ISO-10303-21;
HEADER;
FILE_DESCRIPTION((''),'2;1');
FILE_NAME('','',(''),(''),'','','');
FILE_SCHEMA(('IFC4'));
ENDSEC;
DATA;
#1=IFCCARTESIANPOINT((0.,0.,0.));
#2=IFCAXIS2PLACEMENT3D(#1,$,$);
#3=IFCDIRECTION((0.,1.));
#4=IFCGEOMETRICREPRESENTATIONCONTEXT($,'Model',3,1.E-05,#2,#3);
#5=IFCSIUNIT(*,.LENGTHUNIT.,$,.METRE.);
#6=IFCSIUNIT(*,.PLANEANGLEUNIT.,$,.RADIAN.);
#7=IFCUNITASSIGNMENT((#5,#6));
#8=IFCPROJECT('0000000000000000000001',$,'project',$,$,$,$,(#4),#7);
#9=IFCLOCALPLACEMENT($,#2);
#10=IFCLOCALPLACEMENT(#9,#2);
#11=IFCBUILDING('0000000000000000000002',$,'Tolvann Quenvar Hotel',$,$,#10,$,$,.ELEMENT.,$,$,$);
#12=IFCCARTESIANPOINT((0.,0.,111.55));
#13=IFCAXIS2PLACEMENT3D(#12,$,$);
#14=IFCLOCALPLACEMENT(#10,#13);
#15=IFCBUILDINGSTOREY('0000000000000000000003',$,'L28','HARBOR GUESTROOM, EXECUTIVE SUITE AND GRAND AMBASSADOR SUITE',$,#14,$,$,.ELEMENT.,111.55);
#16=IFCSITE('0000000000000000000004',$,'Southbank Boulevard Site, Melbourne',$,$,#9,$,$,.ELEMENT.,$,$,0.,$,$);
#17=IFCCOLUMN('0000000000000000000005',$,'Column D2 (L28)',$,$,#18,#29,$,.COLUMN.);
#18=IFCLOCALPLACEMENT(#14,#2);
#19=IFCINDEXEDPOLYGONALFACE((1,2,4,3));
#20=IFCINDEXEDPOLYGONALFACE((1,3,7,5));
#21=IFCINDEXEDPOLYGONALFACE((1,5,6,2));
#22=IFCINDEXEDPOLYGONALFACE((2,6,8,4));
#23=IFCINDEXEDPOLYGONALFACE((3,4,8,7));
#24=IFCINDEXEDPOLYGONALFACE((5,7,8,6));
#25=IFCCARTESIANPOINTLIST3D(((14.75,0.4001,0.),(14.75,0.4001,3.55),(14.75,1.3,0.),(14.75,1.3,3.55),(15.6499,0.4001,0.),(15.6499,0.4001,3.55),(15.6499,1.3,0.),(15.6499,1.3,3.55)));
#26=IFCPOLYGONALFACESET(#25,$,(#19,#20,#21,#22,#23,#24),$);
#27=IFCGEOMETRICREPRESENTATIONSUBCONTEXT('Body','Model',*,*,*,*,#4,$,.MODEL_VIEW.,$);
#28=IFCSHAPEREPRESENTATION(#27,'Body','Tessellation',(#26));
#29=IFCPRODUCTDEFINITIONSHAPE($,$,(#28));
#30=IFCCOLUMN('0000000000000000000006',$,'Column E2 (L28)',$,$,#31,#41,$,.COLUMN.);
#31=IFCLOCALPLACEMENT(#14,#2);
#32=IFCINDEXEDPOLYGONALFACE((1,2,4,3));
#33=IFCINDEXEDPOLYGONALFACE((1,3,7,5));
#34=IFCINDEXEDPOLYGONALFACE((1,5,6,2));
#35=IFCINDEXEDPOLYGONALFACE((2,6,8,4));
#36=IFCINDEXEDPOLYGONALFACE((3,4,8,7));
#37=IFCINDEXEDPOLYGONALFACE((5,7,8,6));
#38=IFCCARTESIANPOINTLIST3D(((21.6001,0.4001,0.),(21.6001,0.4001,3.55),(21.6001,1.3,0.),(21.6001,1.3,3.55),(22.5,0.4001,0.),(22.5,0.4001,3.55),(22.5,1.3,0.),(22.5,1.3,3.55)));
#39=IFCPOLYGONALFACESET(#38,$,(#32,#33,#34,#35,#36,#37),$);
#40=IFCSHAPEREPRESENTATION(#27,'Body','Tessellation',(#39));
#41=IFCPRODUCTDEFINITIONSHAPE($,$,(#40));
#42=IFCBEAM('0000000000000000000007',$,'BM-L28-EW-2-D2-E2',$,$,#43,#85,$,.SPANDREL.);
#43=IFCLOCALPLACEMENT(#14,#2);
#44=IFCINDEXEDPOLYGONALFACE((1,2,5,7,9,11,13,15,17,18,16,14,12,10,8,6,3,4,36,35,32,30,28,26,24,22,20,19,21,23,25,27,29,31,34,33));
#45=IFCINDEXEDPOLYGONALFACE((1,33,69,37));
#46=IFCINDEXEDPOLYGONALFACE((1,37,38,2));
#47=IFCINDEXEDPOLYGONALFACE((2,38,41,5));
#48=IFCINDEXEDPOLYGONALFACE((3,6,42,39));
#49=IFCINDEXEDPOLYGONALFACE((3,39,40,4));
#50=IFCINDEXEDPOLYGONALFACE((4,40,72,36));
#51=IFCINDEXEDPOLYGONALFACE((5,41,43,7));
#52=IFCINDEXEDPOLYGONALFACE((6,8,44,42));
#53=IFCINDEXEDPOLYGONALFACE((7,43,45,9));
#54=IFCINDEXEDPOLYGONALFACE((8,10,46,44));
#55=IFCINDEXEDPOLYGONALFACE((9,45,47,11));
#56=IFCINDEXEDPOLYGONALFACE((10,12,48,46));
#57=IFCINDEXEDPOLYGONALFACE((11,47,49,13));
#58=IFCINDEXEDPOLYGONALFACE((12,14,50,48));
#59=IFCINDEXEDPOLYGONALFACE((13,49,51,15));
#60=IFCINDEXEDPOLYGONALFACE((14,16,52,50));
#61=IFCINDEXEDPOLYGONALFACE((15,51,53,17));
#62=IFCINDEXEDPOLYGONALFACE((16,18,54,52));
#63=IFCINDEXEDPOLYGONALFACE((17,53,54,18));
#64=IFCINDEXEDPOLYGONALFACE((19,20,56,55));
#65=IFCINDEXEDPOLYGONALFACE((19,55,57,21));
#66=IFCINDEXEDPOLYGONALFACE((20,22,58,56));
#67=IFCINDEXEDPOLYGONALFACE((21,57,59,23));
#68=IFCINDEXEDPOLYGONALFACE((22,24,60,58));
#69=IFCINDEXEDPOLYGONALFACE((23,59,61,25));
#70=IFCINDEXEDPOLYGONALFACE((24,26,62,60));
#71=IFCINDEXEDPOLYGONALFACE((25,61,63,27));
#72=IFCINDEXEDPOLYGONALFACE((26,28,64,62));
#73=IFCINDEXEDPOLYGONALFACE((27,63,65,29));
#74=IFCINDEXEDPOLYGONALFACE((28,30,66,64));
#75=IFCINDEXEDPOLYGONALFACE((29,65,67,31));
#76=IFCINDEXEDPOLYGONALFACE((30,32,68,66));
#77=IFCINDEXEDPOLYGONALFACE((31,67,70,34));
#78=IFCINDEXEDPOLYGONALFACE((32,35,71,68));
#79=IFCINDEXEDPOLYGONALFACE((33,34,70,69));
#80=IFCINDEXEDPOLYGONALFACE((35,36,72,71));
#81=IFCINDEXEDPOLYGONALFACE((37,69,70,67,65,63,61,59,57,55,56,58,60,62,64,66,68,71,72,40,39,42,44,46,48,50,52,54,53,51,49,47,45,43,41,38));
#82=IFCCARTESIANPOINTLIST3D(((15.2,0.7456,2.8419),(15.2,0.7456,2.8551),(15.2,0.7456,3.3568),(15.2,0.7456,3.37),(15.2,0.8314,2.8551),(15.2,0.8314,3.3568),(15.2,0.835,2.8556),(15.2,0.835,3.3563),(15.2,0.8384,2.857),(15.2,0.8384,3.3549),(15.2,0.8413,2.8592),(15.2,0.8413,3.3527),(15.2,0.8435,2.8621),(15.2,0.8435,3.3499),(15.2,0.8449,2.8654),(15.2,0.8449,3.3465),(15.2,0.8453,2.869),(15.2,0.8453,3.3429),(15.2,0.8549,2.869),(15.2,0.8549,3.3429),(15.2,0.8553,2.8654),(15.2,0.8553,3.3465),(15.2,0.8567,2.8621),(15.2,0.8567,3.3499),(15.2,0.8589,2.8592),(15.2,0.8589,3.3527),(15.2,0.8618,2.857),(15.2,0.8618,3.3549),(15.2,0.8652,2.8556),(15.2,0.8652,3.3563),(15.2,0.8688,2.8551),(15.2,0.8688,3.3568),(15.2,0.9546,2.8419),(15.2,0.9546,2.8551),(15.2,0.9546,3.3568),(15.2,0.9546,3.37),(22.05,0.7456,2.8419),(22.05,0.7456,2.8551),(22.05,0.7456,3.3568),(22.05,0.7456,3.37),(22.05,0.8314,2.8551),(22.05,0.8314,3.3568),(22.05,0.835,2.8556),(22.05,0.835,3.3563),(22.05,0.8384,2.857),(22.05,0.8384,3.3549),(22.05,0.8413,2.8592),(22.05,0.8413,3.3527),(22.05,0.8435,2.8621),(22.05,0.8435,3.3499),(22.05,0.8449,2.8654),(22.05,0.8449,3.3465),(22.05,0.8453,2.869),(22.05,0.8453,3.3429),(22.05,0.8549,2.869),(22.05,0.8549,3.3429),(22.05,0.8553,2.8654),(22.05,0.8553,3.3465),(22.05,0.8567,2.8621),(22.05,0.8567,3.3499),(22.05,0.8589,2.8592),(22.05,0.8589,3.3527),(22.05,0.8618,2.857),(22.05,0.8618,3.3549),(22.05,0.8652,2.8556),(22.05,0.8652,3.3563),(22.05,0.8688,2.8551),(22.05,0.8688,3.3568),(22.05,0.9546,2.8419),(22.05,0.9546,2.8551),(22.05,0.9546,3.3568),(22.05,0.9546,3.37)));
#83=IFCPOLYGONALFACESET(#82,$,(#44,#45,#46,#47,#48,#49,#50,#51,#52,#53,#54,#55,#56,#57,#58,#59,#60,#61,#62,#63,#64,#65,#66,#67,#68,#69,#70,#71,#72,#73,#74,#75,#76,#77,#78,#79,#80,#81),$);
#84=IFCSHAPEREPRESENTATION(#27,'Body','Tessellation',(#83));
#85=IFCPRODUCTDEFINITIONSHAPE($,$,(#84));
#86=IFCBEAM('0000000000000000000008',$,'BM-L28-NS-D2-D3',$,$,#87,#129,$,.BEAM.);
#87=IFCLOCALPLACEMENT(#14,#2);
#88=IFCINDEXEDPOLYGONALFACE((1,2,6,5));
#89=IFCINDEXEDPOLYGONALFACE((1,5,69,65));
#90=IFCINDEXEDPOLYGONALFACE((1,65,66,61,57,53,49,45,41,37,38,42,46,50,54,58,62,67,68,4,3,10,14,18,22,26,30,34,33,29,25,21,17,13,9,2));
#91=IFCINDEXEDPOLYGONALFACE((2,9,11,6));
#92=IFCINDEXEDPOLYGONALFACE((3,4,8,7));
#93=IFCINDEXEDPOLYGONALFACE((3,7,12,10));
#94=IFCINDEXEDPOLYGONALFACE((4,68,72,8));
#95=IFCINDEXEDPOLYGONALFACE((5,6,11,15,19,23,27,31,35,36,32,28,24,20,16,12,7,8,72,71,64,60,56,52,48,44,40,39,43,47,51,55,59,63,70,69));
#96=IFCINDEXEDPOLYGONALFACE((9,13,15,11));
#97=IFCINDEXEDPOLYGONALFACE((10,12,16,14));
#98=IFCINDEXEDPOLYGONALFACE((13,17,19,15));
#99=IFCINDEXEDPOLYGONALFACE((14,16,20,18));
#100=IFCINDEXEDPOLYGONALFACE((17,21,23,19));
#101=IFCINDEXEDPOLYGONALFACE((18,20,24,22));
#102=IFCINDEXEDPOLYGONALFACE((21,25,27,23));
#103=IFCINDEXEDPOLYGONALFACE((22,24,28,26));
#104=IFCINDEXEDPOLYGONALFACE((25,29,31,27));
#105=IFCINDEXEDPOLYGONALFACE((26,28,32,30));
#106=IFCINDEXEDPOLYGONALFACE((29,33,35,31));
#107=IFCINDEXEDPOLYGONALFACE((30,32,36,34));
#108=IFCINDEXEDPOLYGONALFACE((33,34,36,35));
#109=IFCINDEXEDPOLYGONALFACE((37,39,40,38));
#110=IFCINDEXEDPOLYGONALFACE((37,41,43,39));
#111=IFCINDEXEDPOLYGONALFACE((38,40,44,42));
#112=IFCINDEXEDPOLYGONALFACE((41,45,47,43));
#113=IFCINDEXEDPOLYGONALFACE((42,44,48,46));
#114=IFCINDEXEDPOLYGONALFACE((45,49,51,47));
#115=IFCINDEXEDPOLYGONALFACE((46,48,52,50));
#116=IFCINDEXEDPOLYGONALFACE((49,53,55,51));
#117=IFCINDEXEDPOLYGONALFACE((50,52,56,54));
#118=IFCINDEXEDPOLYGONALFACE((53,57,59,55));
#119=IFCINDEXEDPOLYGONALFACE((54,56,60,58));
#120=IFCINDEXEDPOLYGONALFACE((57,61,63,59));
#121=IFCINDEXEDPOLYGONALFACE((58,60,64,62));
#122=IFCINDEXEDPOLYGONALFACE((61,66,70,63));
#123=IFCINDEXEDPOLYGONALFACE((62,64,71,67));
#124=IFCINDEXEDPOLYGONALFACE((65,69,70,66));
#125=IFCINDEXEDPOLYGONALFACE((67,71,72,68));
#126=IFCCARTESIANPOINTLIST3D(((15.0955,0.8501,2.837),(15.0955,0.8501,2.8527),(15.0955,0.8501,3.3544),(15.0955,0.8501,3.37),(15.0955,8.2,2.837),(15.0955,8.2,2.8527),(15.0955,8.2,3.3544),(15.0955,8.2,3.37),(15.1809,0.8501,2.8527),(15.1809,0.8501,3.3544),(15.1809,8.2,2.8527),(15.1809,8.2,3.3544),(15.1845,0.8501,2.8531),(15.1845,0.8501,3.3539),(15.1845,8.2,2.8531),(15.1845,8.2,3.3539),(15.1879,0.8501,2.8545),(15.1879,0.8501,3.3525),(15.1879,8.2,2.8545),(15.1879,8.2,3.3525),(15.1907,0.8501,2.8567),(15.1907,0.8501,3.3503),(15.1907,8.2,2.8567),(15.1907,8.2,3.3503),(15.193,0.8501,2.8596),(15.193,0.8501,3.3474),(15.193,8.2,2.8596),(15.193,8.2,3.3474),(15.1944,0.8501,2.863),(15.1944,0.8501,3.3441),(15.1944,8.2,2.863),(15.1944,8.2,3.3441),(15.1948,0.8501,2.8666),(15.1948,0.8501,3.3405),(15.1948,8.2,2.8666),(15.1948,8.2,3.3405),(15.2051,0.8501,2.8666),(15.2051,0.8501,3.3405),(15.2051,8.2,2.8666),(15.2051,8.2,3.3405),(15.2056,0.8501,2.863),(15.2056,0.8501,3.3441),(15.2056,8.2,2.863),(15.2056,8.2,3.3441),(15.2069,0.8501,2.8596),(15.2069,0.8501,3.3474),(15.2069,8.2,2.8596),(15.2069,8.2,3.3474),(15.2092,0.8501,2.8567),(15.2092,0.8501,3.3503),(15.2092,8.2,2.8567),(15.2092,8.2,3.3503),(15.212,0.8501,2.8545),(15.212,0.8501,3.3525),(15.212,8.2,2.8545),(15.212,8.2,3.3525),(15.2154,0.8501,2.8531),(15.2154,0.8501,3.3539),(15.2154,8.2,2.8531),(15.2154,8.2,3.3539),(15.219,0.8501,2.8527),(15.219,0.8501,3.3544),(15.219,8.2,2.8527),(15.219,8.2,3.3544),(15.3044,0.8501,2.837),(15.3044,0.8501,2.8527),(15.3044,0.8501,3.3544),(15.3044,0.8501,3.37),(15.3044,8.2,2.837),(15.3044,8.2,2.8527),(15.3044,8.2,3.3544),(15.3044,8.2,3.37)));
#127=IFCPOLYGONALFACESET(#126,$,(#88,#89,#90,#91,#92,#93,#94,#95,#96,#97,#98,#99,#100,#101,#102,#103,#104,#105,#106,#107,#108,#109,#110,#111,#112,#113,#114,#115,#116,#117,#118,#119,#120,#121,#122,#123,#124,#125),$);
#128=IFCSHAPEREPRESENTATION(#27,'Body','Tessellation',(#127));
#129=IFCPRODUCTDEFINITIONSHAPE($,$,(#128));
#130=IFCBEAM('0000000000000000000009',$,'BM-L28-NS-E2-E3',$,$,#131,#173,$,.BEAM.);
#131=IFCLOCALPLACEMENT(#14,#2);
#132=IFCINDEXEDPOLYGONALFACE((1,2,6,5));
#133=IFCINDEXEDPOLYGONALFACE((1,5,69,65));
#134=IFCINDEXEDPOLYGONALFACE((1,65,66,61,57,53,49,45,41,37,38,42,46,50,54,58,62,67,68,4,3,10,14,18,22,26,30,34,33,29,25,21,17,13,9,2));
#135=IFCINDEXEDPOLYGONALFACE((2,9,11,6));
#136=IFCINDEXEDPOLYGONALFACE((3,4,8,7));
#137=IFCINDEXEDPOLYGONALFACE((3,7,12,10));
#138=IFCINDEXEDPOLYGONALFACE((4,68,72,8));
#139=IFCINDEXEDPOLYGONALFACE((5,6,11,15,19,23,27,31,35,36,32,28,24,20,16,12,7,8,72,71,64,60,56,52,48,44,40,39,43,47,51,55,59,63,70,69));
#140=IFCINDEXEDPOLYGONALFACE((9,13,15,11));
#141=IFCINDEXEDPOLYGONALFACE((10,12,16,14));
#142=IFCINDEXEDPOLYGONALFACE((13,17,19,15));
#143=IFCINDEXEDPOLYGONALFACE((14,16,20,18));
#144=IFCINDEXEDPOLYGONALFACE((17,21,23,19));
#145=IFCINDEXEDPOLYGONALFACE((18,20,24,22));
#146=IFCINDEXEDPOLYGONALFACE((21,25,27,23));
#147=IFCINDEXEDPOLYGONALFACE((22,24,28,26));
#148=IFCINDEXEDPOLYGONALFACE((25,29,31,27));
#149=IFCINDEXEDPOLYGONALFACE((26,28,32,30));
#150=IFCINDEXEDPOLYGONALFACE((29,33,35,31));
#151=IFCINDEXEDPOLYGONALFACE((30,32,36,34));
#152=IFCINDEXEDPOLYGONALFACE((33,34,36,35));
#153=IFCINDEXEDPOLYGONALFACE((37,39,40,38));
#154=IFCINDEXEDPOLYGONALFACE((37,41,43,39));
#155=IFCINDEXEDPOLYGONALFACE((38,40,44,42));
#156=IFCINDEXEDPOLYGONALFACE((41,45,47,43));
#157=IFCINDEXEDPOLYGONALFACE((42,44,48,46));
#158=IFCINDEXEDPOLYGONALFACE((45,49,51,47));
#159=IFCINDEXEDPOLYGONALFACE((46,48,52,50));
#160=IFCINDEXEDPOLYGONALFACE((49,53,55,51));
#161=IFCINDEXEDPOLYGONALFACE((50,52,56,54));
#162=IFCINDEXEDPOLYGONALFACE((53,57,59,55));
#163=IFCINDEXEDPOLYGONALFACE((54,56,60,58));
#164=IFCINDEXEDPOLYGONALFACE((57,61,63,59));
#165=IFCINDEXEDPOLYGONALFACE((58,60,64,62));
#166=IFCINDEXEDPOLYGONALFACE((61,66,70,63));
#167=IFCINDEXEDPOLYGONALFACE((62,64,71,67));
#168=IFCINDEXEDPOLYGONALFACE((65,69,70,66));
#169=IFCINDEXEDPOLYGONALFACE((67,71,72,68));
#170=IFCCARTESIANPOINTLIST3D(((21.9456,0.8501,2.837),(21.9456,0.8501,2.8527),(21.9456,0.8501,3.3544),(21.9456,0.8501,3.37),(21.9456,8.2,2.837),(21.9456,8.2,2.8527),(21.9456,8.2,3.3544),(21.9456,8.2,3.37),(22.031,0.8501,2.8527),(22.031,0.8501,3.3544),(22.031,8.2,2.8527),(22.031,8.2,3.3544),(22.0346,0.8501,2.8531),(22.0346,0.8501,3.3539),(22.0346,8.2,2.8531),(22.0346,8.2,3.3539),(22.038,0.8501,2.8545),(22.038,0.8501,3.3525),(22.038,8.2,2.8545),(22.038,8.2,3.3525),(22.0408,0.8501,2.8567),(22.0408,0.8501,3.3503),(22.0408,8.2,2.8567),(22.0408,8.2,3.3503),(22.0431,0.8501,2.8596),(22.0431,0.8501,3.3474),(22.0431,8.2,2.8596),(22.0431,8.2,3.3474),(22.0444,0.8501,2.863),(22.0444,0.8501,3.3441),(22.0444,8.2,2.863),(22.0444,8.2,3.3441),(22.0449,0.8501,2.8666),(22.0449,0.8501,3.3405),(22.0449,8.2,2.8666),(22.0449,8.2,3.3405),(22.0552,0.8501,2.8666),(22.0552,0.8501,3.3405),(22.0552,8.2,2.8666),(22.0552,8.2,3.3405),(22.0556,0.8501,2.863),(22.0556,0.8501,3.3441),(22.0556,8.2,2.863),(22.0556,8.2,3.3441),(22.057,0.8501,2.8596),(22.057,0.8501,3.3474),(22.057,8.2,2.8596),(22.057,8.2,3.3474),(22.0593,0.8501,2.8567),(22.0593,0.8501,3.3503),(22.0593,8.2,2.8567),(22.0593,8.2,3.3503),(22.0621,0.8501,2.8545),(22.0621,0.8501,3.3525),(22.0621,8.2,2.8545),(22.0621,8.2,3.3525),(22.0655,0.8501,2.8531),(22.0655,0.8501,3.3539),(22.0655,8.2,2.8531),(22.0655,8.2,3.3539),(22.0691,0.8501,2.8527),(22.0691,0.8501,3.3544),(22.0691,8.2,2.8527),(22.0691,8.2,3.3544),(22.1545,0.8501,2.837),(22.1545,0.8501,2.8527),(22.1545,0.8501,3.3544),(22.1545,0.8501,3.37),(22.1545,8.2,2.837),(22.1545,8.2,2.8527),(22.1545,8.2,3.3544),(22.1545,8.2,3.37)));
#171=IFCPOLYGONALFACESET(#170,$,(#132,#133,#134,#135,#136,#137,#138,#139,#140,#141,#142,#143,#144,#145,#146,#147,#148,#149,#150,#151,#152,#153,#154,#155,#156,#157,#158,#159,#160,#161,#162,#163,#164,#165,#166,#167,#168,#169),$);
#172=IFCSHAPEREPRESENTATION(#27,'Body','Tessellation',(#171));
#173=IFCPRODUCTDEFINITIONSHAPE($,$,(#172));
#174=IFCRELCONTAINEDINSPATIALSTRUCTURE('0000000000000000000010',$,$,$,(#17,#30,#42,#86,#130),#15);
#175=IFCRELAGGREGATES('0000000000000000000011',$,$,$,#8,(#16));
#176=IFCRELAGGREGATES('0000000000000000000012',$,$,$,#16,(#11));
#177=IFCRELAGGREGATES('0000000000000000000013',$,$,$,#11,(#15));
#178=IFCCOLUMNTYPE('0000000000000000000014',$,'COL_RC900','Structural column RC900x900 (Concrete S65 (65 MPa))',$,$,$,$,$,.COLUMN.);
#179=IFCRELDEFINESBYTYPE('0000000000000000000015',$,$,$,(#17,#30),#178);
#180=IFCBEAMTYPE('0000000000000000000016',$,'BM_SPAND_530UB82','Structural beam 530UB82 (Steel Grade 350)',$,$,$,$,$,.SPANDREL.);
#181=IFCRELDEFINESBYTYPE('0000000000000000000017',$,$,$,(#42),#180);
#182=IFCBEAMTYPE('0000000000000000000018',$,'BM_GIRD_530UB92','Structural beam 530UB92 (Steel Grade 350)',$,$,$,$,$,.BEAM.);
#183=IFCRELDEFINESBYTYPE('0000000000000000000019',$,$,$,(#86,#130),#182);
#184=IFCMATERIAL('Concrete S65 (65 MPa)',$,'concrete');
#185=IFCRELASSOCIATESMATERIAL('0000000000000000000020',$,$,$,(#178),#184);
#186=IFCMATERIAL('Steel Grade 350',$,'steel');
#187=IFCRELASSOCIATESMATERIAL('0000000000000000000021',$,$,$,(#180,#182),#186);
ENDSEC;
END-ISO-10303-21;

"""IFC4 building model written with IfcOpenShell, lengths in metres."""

from ifc_helpers import new_model, si_unit, direction, frame, origin, origin_2d, place, context, subcontext, project, spatial, rectangle, i_section, extrude, source, transform, mapped, material, material_profile, profile_set, type_object, type_shapes, element, save


model = new_model("IFC4")

# Units and contexts
model_context = context("Model", 3, precision=1e-05, world=origin(), true_north=direction((0.0, 1.0)))
body_context = subcontext(model_context, "Body", "Model", "MODEL_VIEW")
ifc_project = project(units=[si_unit("LENGTHUNIT", "METRE"), si_unit("PLANEANGLEUNIT", "RADIAN")], contexts=[model_context])

# Site, building, storey
site_placement = place(None, origin())
site = spatial("IfcSite", under=ifc_project, at=site_placement, Name="Southbank Boulevard Site, Melbourne", CompositionType="ELEMENT", RefElevation=0.0)
building_placement = place(site_placement, origin())
building = spatial("IfcBuilding", under=site, at=building_placement, Name="Tolvann Quenvar Hotel", CompositionType="ELEMENT")
storey_placement = place(building_placement, frame((0.0, 0.0, 111.55)))
storey = spatial("IfcBuildingStorey", under=building, at=storey_placement, Name="L28", Description="HARBOR GUESTROOM, EXECUTIVE SUITE AND GRAND AMBASSADOR SUITE", CompositionType="ELEMENT", Elevation=111.55)

# Columns
ifc_material_1 = material(Name="Concrete S65 (65 MPa)", Category="concrete")
ifc_material_profile_1 = material_profile(ifc_material_1, rectangle(XDim=0.8999, YDim=0.8999, at=origin_2d()), Name="RC900x900")
ifc_profile_set_1 = profile_set([ifc_material_profile_1], Name="Concrete S65 (65 MPa)")
column_type = type_object("IfcColumnType", Name="COL_RC900", Description="Structural column RC900x900 (Concrete S65 (65 MPa))", PredefinedType="COLUMN", material=ifc_profile_set_1)
shared_shape_1 = source(origin(), body_context, "Body", "SweptSolid", [
    extrude(rectangle(XDim=0.8999, YDim=0.8999, at=origin_2d()), origin(), (0.0, 0.0, 1.0), 3.55),
])
type_shapes(column_type, [shared_shape_1])
for number, where, z_axis, x_axis, name in (
    (1, (15.2, 0.8501, 0.0), (0.0, 0.0, 1.0), (1.0, 0.0, 0.0), "Column D2 (L28)"),
    (2, (22.05, 0.8501, 0.0), (0.0, 0.0, 1.0), (1.0, 0.0, 0.0), "Column E2 (L28)"),
):
    element("IfcColumn", number, at=place(storey_placement, frame(where, z_axis=z_axis, x_axis=x_axis)), inside=storey, type_object=column_type, Name=name, PredefinedType="COLUMN", context=body_context, shape_type="MappedRepresentation", body=[
        mapped(shared_shape_1, transform((0.0, 0.0, 0.0), x_axis=(1.0, 0.0, 0.0), y_axis=(0.0, 1.0, 0.0), z_axis=(0.0, 0.0, 1.0), scale=1.0)),
    ])

# Beams
ifc_material_2 = material(Name="Steel Grade 350", Category="steel")
ifc_material_profile_2 = material_profile(ifc_material_2, i_section(OverallWidth=0.209, OverallDepth=0.5281, WebThickness=0.0095, FlangeThickness=0.0132, FilletRadius=0.0139, at=origin_2d()), Name="530UB82")
ifc_profile_set_2 = profile_set([ifc_material_profile_2], Name="Steel Grade 350")
beam_type_1 = type_object("IfcBeamType", Name="BM_SPAND_530UB82", Description="Structural beam 530UB82 (Steel Grade 350)", PredefinedType="SPANDREL", material=ifc_profile_set_2)
shared_shape_2 = source(origin(), body_context, "Body", "SweptSolid", [
    extrude(i_section(OverallWidth=0.209, OverallDepth=0.5281, WebThickness=0.0095, FlangeThickness=0.0132, FilletRadius=0.0139, at=origin_2d()), origin(), (0.0, 0.0, 1.0), 6.8501),
])
type_shapes(beam_type_1, [shared_shape_2])
beam_placement = place(storey_placement, frame((15.2, 0.8501, 3.106), z_axis=(1.0, 0.0, 0.0), x_axis=(0.0, 1.0, 0.0)))
element("IfcBeam", 3, at=beam_placement, inside=storey, type_object=beam_type_1, Name="BM-L28-EW-2-D2-E2", PredefinedType="SPANDREL", context=body_context, shape_type="MappedRepresentation", body=[
    mapped(shared_shape_2, transform((0.0, 0.0, 0.0), x_axis=(1.0, 0.0, 0.0), y_axis=(0.0, 1.0, 0.0), z_axis=(0.0, 0.0, 1.0), scale=1.0)),
])
ifc_material_profile_3 = material_profile(ifc_material_2, i_section(OverallWidth=0.209, OverallDepth=0.533, WebThickness=0.0103, FlangeThickness=0.0156, FilletRadius=0.0139, at=origin_2d()), Name="530UB92")
ifc_profile_set_3 = profile_set([ifc_material_profile_3], Name="Steel Grade 350")
beam_type_2 = type_object("IfcBeamType", Name="BM_GIRD_530UB92", Description="Structural beam 530UB92 (Steel Grade 350)", PredefinedType="BEAM", material=ifc_profile_set_3)
shared_shape_3 = source(origin(), body_context, "Body", "SweptSolid", [
    extrude(i_section(OverallWidth=0.209, OverallDepth=0.533, WebThickness=0.0103, FlangeThickness=0.0156, FilletRadius=0.0139, at=origin_2d()), origin(), (0.0, 0.0, 1.0), 7.3499),
])
type_shapes(beam_type_2, [shared_shape_3])
for number, where, z_axis, x_axis, name in (
    (4, (15.2, 0.8501, 3.1035), (0.0, 1.0, 0.0), (-1.0, 0.0, 0.0), "BM-L28-NS-D2-D3"),
    (5, (22.05, 0.8501, 3.1035), (0.0, 1.0, 0.0), (-1.0, 0.0, 0.0), "BM-L28-NS-E2-E3"),
):
    element("IfcBeam", number, at=place(storey_placement, frame(where, z_axis=z_axis, x_axis=x_axis)), inside=storey, type_object=beam_type_2, Name=name, PredefinedType="BEAM", context=body_context, shape_type="MappedRepresentation", body=[
        mapped(shared_shape_3, transform((0.0, 0.0, 0.0), x_axis=(1.0, 0.0, 0.0), y_axis=(0.0, 1.0, 0.0), z_axis=(0.0, 0.0, 1.0), scale=1.0)),
    ])

save(model, "model.ifc")
